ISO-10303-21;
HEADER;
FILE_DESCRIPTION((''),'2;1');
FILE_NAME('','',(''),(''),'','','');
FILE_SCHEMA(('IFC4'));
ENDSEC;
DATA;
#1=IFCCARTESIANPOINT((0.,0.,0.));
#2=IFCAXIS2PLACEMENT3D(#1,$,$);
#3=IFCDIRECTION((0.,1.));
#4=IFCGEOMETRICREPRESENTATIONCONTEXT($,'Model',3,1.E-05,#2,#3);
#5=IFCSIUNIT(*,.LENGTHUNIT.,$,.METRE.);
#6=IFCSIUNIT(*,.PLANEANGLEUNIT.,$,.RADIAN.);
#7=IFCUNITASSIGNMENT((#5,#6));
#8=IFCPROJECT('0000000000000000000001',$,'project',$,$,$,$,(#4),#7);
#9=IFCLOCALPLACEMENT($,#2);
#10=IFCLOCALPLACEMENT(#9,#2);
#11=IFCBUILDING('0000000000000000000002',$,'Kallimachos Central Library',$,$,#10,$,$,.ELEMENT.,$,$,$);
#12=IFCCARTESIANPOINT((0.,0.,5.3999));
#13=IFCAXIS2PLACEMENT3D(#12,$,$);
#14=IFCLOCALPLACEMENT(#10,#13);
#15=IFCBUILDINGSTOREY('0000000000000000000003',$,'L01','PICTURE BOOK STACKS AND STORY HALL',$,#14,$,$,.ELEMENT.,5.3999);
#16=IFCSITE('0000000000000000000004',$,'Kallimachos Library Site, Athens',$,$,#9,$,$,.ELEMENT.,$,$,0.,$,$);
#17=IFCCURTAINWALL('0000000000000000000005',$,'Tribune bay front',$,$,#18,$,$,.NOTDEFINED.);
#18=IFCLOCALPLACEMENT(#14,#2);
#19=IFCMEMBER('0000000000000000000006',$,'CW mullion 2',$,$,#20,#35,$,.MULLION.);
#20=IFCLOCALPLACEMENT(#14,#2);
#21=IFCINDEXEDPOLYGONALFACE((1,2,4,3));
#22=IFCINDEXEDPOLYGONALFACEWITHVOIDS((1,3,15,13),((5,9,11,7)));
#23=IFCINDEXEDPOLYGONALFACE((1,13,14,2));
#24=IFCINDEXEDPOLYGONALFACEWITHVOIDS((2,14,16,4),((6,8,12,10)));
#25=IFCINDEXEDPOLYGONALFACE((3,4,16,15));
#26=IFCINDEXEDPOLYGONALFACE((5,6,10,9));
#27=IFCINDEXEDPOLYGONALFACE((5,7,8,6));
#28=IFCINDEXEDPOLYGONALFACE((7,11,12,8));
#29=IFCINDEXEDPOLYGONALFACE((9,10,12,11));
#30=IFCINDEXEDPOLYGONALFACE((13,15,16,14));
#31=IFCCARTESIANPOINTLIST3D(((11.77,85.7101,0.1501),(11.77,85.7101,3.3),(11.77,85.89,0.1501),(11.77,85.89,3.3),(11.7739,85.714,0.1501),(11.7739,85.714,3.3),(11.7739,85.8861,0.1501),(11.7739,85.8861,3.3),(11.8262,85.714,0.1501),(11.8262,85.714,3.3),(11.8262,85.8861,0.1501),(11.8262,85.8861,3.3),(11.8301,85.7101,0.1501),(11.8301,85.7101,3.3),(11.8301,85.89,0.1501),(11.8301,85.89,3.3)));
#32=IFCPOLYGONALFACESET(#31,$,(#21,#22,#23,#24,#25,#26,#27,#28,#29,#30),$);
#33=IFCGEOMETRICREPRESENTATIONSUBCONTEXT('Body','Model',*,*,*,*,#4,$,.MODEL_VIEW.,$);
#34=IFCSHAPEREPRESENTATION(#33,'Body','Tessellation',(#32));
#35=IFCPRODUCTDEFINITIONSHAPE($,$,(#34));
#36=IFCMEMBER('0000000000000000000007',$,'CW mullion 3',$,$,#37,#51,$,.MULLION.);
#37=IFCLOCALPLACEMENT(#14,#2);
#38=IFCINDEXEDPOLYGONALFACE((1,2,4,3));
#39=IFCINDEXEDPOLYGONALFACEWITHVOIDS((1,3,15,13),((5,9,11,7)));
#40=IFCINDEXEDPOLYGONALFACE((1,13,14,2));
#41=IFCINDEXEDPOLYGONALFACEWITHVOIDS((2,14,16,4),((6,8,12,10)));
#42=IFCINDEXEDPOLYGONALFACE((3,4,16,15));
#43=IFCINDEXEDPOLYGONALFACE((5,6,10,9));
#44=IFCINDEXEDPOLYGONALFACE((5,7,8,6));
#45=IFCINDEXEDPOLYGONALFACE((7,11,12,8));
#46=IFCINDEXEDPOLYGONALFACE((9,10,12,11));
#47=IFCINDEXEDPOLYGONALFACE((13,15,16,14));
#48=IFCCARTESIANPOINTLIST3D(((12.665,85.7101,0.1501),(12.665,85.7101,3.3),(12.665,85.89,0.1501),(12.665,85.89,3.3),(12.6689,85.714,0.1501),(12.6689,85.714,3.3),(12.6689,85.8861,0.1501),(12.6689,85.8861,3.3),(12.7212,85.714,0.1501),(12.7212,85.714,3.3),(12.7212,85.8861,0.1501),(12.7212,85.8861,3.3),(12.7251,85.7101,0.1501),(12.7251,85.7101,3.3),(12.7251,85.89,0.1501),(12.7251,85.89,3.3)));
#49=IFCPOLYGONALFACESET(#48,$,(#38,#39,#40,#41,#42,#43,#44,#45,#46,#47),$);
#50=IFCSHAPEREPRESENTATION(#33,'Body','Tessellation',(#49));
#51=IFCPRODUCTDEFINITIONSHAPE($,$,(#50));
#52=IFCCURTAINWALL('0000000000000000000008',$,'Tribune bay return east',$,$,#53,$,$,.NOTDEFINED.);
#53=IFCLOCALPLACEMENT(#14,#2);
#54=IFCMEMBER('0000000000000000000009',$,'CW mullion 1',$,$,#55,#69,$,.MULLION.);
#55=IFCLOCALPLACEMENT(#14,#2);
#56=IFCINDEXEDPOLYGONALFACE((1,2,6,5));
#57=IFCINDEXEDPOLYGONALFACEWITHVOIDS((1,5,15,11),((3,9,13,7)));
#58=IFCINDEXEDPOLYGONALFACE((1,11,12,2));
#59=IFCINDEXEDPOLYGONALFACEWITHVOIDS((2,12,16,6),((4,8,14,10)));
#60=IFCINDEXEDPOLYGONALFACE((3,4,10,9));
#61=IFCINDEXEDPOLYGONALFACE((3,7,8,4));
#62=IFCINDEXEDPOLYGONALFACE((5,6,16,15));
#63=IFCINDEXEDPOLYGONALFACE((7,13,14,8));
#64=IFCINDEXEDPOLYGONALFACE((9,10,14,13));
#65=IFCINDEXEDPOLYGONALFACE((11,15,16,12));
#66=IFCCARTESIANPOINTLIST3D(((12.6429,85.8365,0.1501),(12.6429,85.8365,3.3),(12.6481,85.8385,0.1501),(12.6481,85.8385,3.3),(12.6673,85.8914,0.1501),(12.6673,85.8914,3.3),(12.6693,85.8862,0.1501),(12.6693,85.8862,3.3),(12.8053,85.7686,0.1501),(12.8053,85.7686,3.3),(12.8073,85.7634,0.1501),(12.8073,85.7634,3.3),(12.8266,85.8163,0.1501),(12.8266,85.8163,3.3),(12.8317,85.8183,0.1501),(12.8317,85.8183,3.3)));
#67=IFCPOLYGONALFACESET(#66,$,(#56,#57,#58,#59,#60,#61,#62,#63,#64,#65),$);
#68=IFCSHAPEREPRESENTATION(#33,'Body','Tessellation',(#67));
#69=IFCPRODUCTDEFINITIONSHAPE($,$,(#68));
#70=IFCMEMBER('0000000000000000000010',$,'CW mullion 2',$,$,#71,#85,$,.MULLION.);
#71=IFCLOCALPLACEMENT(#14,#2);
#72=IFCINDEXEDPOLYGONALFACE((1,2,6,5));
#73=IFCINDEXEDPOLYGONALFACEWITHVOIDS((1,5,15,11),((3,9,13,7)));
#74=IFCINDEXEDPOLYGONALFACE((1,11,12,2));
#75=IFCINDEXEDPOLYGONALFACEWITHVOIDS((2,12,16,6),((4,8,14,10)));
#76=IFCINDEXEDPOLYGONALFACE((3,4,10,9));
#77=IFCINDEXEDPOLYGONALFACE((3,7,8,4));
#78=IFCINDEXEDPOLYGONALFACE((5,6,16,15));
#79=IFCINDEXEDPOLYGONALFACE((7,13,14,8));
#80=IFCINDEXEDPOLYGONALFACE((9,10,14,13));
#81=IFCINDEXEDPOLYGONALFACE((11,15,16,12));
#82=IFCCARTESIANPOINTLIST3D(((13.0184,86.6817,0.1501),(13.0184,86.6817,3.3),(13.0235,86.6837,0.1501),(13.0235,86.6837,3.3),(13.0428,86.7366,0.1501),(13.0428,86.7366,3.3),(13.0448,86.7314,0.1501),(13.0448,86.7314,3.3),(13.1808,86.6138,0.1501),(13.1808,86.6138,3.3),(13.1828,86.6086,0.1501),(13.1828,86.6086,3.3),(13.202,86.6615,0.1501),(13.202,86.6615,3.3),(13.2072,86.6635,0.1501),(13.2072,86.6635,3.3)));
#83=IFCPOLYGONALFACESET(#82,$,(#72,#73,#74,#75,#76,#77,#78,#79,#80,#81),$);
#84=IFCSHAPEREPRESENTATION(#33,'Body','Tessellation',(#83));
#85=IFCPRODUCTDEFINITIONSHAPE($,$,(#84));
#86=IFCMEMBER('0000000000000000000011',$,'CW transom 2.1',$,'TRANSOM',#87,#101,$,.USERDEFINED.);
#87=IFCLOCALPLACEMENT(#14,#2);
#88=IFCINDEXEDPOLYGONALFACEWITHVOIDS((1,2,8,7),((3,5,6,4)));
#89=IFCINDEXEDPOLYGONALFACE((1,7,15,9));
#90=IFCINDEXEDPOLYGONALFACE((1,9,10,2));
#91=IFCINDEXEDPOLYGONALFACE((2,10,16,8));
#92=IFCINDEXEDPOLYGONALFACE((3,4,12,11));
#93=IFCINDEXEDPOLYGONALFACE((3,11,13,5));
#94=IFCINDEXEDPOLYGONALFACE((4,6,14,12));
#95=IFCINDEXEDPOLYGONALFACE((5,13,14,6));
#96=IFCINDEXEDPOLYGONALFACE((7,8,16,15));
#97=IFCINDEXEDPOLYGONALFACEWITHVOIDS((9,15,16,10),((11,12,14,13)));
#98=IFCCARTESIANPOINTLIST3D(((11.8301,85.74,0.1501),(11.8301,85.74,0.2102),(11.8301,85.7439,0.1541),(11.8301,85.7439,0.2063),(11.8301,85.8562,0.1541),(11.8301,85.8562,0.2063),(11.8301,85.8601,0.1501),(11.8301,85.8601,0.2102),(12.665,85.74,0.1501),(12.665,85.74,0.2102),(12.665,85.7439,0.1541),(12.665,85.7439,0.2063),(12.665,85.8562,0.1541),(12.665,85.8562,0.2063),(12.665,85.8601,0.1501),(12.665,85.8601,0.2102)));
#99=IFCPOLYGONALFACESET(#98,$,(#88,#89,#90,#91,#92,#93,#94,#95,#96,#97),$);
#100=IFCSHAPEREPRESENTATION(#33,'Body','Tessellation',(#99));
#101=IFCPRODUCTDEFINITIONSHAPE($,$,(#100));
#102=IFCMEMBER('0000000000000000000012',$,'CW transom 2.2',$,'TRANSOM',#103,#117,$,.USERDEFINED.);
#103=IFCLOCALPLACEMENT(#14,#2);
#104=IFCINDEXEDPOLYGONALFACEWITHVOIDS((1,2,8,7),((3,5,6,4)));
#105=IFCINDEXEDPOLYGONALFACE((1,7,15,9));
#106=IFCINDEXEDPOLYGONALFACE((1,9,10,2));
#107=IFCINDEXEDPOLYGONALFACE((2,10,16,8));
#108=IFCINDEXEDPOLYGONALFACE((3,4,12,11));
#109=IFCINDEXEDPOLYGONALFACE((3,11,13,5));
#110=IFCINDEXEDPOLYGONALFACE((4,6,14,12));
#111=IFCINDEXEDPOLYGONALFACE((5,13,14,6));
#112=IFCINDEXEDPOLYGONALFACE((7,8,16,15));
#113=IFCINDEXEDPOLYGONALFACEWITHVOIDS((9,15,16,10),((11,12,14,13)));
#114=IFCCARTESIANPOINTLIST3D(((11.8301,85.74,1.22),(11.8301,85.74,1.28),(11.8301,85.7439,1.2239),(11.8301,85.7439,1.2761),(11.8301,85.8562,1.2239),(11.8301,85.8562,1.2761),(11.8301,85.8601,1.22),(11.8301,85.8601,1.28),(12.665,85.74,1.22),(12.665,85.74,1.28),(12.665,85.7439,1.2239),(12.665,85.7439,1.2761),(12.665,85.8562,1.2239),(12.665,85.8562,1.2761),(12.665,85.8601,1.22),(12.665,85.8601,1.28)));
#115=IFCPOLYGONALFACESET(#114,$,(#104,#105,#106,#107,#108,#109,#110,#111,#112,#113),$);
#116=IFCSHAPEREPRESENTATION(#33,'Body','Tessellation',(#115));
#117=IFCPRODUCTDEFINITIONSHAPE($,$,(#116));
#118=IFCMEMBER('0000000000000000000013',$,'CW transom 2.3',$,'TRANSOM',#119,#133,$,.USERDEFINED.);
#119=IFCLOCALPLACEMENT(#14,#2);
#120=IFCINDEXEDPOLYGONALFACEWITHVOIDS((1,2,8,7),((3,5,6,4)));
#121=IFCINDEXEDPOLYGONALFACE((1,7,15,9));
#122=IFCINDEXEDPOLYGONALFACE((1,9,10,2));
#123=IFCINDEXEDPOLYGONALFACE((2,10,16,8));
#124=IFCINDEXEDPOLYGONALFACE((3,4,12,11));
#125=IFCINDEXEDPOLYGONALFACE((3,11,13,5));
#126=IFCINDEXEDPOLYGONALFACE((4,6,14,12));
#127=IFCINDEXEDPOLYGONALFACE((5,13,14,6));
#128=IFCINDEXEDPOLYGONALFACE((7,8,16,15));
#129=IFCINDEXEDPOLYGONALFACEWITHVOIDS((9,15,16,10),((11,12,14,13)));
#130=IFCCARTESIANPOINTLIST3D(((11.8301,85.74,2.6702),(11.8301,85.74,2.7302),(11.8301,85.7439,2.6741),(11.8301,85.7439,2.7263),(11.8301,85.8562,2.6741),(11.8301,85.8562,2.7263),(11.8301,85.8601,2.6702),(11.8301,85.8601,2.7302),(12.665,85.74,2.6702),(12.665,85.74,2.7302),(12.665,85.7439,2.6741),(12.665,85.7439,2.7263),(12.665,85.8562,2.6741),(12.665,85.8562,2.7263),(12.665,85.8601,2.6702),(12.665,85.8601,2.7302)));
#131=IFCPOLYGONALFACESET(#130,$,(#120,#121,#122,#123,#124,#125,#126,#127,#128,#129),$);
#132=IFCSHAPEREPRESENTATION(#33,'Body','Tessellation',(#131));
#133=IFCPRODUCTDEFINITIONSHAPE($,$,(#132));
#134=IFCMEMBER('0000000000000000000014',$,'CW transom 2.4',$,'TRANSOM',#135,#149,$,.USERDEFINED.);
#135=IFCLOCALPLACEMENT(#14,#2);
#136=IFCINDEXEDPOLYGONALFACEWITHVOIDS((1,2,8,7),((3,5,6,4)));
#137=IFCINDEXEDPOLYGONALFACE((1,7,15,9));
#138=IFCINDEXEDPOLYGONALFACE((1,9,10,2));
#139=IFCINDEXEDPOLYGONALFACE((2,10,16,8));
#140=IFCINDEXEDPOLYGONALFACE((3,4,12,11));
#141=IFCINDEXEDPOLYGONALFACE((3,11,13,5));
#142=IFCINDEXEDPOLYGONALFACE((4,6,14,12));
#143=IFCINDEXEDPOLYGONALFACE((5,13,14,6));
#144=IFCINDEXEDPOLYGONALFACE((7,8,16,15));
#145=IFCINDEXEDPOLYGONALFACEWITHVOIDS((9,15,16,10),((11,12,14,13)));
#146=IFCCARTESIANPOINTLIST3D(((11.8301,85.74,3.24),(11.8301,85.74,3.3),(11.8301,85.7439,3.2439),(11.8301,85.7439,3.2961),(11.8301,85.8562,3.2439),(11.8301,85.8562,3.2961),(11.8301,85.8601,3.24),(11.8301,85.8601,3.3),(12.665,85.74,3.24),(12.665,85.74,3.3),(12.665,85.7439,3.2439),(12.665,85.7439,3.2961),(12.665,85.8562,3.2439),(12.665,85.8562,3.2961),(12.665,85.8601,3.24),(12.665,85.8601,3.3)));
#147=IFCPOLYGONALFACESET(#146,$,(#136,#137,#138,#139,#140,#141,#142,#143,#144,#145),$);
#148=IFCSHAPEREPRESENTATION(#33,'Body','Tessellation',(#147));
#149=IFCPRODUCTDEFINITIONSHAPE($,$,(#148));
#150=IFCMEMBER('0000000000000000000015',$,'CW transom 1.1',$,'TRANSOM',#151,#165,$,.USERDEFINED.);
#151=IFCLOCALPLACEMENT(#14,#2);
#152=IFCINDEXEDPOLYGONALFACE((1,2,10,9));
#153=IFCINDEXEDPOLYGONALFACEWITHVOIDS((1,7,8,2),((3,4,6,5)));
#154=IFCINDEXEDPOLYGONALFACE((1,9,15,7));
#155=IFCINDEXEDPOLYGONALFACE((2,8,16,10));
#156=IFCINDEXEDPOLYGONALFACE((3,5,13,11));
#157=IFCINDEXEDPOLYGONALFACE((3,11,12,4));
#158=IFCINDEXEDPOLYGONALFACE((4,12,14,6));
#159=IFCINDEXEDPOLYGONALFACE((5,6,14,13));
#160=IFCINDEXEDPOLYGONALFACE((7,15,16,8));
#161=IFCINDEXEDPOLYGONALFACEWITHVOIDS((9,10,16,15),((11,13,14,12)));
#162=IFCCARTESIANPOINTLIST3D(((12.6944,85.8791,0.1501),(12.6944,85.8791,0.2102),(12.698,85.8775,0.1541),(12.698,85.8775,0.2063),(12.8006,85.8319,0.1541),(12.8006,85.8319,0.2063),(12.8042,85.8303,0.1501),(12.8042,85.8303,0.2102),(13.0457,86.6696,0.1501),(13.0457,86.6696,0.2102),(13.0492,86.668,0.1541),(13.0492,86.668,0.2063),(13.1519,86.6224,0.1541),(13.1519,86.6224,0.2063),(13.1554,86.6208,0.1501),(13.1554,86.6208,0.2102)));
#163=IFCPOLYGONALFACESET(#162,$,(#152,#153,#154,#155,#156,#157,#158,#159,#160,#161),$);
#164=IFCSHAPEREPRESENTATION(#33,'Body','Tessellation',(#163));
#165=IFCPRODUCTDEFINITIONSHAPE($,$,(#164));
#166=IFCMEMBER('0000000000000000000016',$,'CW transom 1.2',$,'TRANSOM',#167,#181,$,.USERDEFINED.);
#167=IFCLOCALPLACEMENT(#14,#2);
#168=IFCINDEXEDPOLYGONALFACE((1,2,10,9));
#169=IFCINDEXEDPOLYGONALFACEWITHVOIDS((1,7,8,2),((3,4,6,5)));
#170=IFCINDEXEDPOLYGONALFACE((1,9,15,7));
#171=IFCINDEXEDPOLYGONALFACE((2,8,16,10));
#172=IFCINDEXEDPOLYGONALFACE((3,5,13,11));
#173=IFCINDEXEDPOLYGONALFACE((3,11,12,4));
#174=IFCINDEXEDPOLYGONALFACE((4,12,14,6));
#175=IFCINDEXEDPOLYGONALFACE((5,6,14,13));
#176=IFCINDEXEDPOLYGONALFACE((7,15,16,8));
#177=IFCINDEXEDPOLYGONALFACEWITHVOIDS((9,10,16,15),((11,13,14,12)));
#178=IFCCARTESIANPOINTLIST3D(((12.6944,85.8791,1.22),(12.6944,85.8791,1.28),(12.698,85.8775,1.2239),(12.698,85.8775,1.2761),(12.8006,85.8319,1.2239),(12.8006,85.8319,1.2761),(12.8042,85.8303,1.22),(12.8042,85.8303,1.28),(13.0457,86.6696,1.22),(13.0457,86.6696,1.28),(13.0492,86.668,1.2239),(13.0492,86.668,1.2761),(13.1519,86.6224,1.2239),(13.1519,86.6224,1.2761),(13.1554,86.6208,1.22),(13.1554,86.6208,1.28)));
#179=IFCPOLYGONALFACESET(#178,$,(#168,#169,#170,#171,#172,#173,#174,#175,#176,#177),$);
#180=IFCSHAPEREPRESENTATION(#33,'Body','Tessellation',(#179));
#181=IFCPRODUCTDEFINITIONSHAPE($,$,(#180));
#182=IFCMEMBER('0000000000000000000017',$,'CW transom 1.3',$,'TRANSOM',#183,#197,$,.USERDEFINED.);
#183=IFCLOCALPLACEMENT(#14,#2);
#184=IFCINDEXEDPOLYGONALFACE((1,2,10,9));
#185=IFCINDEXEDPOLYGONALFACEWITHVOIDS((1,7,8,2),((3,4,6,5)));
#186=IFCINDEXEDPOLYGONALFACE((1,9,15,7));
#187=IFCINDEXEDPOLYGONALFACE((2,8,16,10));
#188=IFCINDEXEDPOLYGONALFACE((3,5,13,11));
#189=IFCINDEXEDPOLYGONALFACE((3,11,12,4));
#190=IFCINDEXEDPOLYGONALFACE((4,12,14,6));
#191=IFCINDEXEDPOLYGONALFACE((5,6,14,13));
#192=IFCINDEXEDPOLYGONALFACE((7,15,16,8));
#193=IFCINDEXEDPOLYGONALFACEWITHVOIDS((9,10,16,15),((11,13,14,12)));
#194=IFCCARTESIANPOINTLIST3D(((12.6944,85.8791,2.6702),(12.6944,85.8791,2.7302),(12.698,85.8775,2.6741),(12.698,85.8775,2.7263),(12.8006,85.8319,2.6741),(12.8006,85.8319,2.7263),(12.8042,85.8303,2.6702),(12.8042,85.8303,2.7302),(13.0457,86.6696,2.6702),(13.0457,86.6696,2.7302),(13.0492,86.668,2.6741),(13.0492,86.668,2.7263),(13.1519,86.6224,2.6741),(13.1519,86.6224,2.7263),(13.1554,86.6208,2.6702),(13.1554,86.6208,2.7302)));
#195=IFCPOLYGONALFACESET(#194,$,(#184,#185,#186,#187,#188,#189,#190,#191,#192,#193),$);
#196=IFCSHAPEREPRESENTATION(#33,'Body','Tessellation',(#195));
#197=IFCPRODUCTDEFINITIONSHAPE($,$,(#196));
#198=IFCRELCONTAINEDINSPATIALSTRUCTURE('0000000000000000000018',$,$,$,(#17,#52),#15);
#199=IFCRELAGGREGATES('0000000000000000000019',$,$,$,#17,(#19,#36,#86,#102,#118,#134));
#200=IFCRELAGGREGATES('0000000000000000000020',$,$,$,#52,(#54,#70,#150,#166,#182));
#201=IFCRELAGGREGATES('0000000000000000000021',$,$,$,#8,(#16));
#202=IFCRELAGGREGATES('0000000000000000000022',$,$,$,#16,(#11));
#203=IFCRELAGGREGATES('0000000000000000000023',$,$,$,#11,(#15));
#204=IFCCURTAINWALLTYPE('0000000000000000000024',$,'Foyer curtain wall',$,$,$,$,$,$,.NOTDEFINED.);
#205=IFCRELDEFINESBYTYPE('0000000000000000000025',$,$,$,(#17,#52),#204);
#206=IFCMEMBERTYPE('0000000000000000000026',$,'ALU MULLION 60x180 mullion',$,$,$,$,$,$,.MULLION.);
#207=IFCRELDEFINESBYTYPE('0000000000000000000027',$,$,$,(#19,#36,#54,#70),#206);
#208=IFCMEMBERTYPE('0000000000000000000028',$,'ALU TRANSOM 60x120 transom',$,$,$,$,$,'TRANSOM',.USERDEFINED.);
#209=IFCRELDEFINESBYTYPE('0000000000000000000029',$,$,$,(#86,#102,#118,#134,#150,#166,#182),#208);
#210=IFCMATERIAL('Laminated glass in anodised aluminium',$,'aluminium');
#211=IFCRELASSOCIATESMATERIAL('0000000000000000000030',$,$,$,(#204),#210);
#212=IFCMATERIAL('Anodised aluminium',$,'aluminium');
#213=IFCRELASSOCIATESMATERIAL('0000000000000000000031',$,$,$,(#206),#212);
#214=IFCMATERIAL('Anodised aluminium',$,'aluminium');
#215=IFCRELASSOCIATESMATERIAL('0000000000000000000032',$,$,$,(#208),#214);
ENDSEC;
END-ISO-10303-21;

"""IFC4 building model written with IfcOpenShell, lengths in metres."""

from ifc_helpers import new_model, si_unit, direction, frame, origin, origin_2d, place, context, subcontext, project, spatial, hollow_rectangle, extrude, material, material_profile, profile_set, type_object, element, aggregate, save


model = new_model("IFC4")

# Units and contexts
model_context = context("Model", 3, precision=1e-05, world=origin(), true_north=direction((0.0, 1.0)))
body_context = subcontext(model_context, "Body", "Model", "MODEL_VIEW")
ifc_project = project(units=[si_unit("LENGTHUNIT", "METRE"), si_unit("PLANEANGLEUNIT", "RADIAN")], contexts=[model_context])

# Site, building, storey
site_placement = place(None, origin())
site = spatial("IfcSite", under=ifc_project, at=site_placement, Name="Kallimachos Library Site, Athens", CompositionType="ELEMENT", RefElevation=0.0)
building_placement = place(site_placement, origin())
building = spatial("IfcBuilding", under=site, at=building_placement, Name="Kallimachos Central Library", CompositionType="ELEMENT")
storey_placement = place(building_placement, frame((0.0, 0.0, 5.3999)))
storey = spatial("IfcBuildingStorey", under=building, at=storey_placement, Name="L01", Description="PICTURE BOOK STACKS AND STORY HALL", CompositionType="ELEMENT", Elevation=5.3999)

# Curtain walls, members
ifc_material_1 = material(Name="Laminated glass in anodised aluminium", Category="aluminium")
curtain_wall_type = type_object("IfcCurtainWallType", Name="Foyer curtain wall", PredefinedType="NOTDEFINED", material=ifc_material_1)
curtain_wall_1_placement = place(storey_placement, origin())
curtain_wall_1 = element("IfcCurtainWall", 1, at=curtain_wall_1_placement, inside=storey, type_object=curtain_wall_type, Name="Tribune bay front", PredefinedType="NOTDEFINED")
ifc_material_2 = material(Name="Anodised aluminium", Category="aluminium")
ifc_material_profile_1 = material_profile(ifc_material_2, hollow_rectangle(XDim=0.0601, YDim=0.1799, WallThickness=0.0039, at=origin_2d()), Name="ALU MULLION 60x180")
ifc_profile_set_1 = profile_set([ifc_material_profile_1], Name="Anodised aluminium")
member_type_1 = type_object("IfcMemberType", Name="ALU MULLION 60x180 mullion", PredefinedType="MULLION", material=ifc_profile_set_1)
member_1_placement = place(storey_placement, frame((11.8, 85.8, 0.1501), z_axis=(0.0, 0.0, 1.0), x_axis=(1.0, 0.0, 0.0)))
member_1 = element("IfcMember", 2, at=member_1_placement, type_object=member_type_1, Name="CW mullion 2", PredefinedType="MULLION", context=body_context, shape_type="SweptSolid", body=[
    extrude(hollow_rectangle(XDim=0.0601, YDim=0.1799, WallThickness=0.0039, at=origin_2d()), origin(), (0.0, 0.0, 1.0), 3.1499),
])
member_2_placement = place(storey_placement, frame((12.6951, 85.8, 0.1501), z_axis=(0.0, 0.0, 1.0), x_axis=(1.0, 0.0, 0.0)))
member_2 = element("IfcMember", 3, at=member_2_placement, type_object=member_type_1, Name="CW mullion 3", PredefinedType="MULLION", context=body_context, shape_type="SweptSolid", body=[
    extrude(hollow_rectangle(XDim=0.0601, YDim=0.1799, WallThickness=0.0039, at=origin_2d()), origin(), (0.0, 0.0, 1.0), 3.1499),
])
curtain_wall_2_placement = place(storey_placement, origin())
curtain_wall_2 = element("IfcCurtainWall", 4, at=curtain_wall_2_placement, inside=storey, type_object=curtain_wall_type, Name="Tribune bay return east", PredefinedType="NOTDEFINED")
member_3_placement = place(storey_placement, frame((12.7373, 85.8274, 0.1501), z_axis=(0.0, 0.0, 1.0), x_axis=(0.406138, 0.913812, 0.0)))
member_3 = element("IfcMember", 5, at=member_3_placement, type_object=member_type_1, Name="CW mullion 1", PredefinedType="MULLION", context=body_context, shape_type="SweptSolid", body=[
    extrude(hollow_rectangle(XDim=0.0601, YDim=0.1799, WallThickness=0.0039, at=origin_2d()), origin(), (0.0, 0.0, 1.0), 3.1499),
])
member_4_placement = place(storey_placement, frame((13.1128, 86.6726, 0.1501), z_axis=(0.0, 0.0, 1.0), x_axis=(0.406138, 0.913812, 0.0)))
member_4 = element("IfcMember", 6, at=member_4_placement, type_object=member_type_1, Name="CW mullion 2", PredefinedType="MULLION", context=body_context, shape_type="SweptSolid", body=[
    extrude(hollow_rectangle(XDim=0.0601, YDim=0.1799, WallThickness=0.0039, at=origin_2d()), origin(), (0.0, 0.0, 1.0), 3.1499),
])

# Members
ifc_material_3 = material(Name="Anodised aluminium", Category="aluminium")
ifc_material_profile_2 = material_profile(ifc_material_3, hollow_rectangle(XDim=0.0601, YDim=0.1201, WallThickness=0.0039, at=origin_2d()), Name="ALU TRANSOM 60x120")
ifc_profile_set_2 = profile_set([ifc_material_profile_2], Name="Anodised aluminium")
member_type_2 = type_object("IfcMemberType", Name="ALU TRANSOM 60x120 transom", ElementType="TRANSOM", PredefinedType="USERDEFINED", material=ifc_profile_set_2)
member_5_placement = place(storey_placement, frame((11.8301, 85.8, 0.1802), z_axis=(1.0, 0.0, 0.0), x_axis=(0.0, 0.0, 1.0)))
member_5 = element("IfcMember", 7, at=member_5_placement, type_object=member_type_2, Name="CW transom 2.1", ObjectType="TRANSOM", PredefinedType="USERDEFINED", context=body_context, shape_type="SweptSolid", body=[
    extrude(hollow_rectangle(XDim=0.0601, YDim=0.1201, WallThickness=0.0039, at=origin_2d()), origin(), (0.0, 0.0, 1.0), 0.835),
])
member_6_placement = place(storey_placement, frame((11.8301, 85.8, 1.25), z_axis=(1.0, 0.0, 0.0), x_axis=(0.0, 0.0, 1.0)))
member_6 = element("IfcMember", 8, at=member_6_placement, type_object=member_type_2, Name="CW transom 2.2", ObjectType="TRANSOM", PredefinedType="USERDEFINED", context=body_context, shape_type="SweptSolid", body=[
    extrude(hollow_rectangle(XDim=0.0601, YDim=0.1201, WallThickness=0.0039, at=origin_2d()), origin(), (0.0, 0.0, 1.0), 0.835),
])
member_7_placement = place(storey_placement, frame((11.8301, 85.8, 2.7002), z_axis=(1.0, 0.0, 0.0), x_axis=(0.0, 0.0, 1.0)))
member_7 = element("IfcMember", 9, at=member_7_placement, type_object=member_type_2, Name="CW transom 2.3", ObjectType="TRANSOM", PredefinedType="USERDEFINED", context=body_context, shape_type="SweptSolid", body=[
    extrude(hollow_rectangle(XDim=0.0601, YDim=0.1201, WallThickness=0.0039, at=origin_2d()), origin(), (0.0, 0.0, 1.0), 0.835),
])
member_8_placement = place(storey_placement, frame((11.8301, 85.8, 3.27), z_axis=(1.0, 0.0, 0.0), x_axis=(0.0, 0.0, 1.0)))
member_8 = element("IfcMember", 10, at=member_8_placement, type_object=member_type_2, Name="CW transom 2.4", ObjectType="TRANSOM", PredefinedType="USERDEFINED", context=body_context, shape_type="SweptSolid", body=[
    extrude(hollow_rectangle(XDim=0.0601, YDim=0.1201, WallThickness=0.0039, at=origin_2d()), origin(), (0.0, 0.0, 1.0), 0.835),
])
member_9_placement = place(storey_placement, frame((12.7493, 85.8547, 0.1802), z_axis=(0.406112, 0.913823, 0.0), x_axis=(0.0, 0.0, 1.0)))
member_9 = element("IfcMember", 11, at=member_9_placement, type_object=member_type_2, Name="CW transom 1.1", ObjectType="TRANSOM", PredefinedType="USERDEFINED", context=body_context, shape_type="SweptSolid", body=[
    extrude(hollow_rectangle(XDim=0.0601, YDim=0.1201, WallThickness=0.0039, at=origin_2d()), origin(), (0.0, 0.0, 1.0), 0.865),
])
member_10_placement = place(storey_placement, frame((12.7493, 85.8547, 1.25), z_axis=(0.406112, 0.913823, 0.0), x_axis=(0.0, 0.0, 1.0)))
member_10 = element("IfcMember", 12, at=member_10_placement, type_object=member_type_2, Name="CW transom 1.2", ObjectType="TRANSOM", PredefinedType="USERDEFINED", context=body_context, shape_type="SweptSolid", body=[
    extrude(hollow_rectangle(XDim=0.0601, YDim=0.1201, WallThickness=0.0039, at=origin_2d()), origin(), (0.0, 0.0, 1.0), 0.865),
])
member_11_placement = place(storey_placement, frame((12.7493, 85.8547, 2.7002), z_axis=(0.406112, 0.913823, 0.0), x_axis=(0.0, 0.0, 1.0)))
member_11 = element("IfcMember", 13, at=member_11_placement, type_object=member_type_2, Name="CW transom 1.3", ObjectType="TRANSOM", PredefinedType="USERDEFINED", context=body_context, shape_type="SweptSolid", body=[
    extrude(hollow_rectangle(XDim=0.0601, YDim=0.1201, WallThickness=0.0039, at=origin_2d()), origin(), (0.0, 0.0, 1.0), 0.865),
])

aggregate(curtain_wall_1, [member_1, member_2, member_5, member_6, member_7, member_8])
aggregate(curtain_wall_2, [member_3, member_4, member_9, member_10, member_11])

save(model, "model.ifc")
